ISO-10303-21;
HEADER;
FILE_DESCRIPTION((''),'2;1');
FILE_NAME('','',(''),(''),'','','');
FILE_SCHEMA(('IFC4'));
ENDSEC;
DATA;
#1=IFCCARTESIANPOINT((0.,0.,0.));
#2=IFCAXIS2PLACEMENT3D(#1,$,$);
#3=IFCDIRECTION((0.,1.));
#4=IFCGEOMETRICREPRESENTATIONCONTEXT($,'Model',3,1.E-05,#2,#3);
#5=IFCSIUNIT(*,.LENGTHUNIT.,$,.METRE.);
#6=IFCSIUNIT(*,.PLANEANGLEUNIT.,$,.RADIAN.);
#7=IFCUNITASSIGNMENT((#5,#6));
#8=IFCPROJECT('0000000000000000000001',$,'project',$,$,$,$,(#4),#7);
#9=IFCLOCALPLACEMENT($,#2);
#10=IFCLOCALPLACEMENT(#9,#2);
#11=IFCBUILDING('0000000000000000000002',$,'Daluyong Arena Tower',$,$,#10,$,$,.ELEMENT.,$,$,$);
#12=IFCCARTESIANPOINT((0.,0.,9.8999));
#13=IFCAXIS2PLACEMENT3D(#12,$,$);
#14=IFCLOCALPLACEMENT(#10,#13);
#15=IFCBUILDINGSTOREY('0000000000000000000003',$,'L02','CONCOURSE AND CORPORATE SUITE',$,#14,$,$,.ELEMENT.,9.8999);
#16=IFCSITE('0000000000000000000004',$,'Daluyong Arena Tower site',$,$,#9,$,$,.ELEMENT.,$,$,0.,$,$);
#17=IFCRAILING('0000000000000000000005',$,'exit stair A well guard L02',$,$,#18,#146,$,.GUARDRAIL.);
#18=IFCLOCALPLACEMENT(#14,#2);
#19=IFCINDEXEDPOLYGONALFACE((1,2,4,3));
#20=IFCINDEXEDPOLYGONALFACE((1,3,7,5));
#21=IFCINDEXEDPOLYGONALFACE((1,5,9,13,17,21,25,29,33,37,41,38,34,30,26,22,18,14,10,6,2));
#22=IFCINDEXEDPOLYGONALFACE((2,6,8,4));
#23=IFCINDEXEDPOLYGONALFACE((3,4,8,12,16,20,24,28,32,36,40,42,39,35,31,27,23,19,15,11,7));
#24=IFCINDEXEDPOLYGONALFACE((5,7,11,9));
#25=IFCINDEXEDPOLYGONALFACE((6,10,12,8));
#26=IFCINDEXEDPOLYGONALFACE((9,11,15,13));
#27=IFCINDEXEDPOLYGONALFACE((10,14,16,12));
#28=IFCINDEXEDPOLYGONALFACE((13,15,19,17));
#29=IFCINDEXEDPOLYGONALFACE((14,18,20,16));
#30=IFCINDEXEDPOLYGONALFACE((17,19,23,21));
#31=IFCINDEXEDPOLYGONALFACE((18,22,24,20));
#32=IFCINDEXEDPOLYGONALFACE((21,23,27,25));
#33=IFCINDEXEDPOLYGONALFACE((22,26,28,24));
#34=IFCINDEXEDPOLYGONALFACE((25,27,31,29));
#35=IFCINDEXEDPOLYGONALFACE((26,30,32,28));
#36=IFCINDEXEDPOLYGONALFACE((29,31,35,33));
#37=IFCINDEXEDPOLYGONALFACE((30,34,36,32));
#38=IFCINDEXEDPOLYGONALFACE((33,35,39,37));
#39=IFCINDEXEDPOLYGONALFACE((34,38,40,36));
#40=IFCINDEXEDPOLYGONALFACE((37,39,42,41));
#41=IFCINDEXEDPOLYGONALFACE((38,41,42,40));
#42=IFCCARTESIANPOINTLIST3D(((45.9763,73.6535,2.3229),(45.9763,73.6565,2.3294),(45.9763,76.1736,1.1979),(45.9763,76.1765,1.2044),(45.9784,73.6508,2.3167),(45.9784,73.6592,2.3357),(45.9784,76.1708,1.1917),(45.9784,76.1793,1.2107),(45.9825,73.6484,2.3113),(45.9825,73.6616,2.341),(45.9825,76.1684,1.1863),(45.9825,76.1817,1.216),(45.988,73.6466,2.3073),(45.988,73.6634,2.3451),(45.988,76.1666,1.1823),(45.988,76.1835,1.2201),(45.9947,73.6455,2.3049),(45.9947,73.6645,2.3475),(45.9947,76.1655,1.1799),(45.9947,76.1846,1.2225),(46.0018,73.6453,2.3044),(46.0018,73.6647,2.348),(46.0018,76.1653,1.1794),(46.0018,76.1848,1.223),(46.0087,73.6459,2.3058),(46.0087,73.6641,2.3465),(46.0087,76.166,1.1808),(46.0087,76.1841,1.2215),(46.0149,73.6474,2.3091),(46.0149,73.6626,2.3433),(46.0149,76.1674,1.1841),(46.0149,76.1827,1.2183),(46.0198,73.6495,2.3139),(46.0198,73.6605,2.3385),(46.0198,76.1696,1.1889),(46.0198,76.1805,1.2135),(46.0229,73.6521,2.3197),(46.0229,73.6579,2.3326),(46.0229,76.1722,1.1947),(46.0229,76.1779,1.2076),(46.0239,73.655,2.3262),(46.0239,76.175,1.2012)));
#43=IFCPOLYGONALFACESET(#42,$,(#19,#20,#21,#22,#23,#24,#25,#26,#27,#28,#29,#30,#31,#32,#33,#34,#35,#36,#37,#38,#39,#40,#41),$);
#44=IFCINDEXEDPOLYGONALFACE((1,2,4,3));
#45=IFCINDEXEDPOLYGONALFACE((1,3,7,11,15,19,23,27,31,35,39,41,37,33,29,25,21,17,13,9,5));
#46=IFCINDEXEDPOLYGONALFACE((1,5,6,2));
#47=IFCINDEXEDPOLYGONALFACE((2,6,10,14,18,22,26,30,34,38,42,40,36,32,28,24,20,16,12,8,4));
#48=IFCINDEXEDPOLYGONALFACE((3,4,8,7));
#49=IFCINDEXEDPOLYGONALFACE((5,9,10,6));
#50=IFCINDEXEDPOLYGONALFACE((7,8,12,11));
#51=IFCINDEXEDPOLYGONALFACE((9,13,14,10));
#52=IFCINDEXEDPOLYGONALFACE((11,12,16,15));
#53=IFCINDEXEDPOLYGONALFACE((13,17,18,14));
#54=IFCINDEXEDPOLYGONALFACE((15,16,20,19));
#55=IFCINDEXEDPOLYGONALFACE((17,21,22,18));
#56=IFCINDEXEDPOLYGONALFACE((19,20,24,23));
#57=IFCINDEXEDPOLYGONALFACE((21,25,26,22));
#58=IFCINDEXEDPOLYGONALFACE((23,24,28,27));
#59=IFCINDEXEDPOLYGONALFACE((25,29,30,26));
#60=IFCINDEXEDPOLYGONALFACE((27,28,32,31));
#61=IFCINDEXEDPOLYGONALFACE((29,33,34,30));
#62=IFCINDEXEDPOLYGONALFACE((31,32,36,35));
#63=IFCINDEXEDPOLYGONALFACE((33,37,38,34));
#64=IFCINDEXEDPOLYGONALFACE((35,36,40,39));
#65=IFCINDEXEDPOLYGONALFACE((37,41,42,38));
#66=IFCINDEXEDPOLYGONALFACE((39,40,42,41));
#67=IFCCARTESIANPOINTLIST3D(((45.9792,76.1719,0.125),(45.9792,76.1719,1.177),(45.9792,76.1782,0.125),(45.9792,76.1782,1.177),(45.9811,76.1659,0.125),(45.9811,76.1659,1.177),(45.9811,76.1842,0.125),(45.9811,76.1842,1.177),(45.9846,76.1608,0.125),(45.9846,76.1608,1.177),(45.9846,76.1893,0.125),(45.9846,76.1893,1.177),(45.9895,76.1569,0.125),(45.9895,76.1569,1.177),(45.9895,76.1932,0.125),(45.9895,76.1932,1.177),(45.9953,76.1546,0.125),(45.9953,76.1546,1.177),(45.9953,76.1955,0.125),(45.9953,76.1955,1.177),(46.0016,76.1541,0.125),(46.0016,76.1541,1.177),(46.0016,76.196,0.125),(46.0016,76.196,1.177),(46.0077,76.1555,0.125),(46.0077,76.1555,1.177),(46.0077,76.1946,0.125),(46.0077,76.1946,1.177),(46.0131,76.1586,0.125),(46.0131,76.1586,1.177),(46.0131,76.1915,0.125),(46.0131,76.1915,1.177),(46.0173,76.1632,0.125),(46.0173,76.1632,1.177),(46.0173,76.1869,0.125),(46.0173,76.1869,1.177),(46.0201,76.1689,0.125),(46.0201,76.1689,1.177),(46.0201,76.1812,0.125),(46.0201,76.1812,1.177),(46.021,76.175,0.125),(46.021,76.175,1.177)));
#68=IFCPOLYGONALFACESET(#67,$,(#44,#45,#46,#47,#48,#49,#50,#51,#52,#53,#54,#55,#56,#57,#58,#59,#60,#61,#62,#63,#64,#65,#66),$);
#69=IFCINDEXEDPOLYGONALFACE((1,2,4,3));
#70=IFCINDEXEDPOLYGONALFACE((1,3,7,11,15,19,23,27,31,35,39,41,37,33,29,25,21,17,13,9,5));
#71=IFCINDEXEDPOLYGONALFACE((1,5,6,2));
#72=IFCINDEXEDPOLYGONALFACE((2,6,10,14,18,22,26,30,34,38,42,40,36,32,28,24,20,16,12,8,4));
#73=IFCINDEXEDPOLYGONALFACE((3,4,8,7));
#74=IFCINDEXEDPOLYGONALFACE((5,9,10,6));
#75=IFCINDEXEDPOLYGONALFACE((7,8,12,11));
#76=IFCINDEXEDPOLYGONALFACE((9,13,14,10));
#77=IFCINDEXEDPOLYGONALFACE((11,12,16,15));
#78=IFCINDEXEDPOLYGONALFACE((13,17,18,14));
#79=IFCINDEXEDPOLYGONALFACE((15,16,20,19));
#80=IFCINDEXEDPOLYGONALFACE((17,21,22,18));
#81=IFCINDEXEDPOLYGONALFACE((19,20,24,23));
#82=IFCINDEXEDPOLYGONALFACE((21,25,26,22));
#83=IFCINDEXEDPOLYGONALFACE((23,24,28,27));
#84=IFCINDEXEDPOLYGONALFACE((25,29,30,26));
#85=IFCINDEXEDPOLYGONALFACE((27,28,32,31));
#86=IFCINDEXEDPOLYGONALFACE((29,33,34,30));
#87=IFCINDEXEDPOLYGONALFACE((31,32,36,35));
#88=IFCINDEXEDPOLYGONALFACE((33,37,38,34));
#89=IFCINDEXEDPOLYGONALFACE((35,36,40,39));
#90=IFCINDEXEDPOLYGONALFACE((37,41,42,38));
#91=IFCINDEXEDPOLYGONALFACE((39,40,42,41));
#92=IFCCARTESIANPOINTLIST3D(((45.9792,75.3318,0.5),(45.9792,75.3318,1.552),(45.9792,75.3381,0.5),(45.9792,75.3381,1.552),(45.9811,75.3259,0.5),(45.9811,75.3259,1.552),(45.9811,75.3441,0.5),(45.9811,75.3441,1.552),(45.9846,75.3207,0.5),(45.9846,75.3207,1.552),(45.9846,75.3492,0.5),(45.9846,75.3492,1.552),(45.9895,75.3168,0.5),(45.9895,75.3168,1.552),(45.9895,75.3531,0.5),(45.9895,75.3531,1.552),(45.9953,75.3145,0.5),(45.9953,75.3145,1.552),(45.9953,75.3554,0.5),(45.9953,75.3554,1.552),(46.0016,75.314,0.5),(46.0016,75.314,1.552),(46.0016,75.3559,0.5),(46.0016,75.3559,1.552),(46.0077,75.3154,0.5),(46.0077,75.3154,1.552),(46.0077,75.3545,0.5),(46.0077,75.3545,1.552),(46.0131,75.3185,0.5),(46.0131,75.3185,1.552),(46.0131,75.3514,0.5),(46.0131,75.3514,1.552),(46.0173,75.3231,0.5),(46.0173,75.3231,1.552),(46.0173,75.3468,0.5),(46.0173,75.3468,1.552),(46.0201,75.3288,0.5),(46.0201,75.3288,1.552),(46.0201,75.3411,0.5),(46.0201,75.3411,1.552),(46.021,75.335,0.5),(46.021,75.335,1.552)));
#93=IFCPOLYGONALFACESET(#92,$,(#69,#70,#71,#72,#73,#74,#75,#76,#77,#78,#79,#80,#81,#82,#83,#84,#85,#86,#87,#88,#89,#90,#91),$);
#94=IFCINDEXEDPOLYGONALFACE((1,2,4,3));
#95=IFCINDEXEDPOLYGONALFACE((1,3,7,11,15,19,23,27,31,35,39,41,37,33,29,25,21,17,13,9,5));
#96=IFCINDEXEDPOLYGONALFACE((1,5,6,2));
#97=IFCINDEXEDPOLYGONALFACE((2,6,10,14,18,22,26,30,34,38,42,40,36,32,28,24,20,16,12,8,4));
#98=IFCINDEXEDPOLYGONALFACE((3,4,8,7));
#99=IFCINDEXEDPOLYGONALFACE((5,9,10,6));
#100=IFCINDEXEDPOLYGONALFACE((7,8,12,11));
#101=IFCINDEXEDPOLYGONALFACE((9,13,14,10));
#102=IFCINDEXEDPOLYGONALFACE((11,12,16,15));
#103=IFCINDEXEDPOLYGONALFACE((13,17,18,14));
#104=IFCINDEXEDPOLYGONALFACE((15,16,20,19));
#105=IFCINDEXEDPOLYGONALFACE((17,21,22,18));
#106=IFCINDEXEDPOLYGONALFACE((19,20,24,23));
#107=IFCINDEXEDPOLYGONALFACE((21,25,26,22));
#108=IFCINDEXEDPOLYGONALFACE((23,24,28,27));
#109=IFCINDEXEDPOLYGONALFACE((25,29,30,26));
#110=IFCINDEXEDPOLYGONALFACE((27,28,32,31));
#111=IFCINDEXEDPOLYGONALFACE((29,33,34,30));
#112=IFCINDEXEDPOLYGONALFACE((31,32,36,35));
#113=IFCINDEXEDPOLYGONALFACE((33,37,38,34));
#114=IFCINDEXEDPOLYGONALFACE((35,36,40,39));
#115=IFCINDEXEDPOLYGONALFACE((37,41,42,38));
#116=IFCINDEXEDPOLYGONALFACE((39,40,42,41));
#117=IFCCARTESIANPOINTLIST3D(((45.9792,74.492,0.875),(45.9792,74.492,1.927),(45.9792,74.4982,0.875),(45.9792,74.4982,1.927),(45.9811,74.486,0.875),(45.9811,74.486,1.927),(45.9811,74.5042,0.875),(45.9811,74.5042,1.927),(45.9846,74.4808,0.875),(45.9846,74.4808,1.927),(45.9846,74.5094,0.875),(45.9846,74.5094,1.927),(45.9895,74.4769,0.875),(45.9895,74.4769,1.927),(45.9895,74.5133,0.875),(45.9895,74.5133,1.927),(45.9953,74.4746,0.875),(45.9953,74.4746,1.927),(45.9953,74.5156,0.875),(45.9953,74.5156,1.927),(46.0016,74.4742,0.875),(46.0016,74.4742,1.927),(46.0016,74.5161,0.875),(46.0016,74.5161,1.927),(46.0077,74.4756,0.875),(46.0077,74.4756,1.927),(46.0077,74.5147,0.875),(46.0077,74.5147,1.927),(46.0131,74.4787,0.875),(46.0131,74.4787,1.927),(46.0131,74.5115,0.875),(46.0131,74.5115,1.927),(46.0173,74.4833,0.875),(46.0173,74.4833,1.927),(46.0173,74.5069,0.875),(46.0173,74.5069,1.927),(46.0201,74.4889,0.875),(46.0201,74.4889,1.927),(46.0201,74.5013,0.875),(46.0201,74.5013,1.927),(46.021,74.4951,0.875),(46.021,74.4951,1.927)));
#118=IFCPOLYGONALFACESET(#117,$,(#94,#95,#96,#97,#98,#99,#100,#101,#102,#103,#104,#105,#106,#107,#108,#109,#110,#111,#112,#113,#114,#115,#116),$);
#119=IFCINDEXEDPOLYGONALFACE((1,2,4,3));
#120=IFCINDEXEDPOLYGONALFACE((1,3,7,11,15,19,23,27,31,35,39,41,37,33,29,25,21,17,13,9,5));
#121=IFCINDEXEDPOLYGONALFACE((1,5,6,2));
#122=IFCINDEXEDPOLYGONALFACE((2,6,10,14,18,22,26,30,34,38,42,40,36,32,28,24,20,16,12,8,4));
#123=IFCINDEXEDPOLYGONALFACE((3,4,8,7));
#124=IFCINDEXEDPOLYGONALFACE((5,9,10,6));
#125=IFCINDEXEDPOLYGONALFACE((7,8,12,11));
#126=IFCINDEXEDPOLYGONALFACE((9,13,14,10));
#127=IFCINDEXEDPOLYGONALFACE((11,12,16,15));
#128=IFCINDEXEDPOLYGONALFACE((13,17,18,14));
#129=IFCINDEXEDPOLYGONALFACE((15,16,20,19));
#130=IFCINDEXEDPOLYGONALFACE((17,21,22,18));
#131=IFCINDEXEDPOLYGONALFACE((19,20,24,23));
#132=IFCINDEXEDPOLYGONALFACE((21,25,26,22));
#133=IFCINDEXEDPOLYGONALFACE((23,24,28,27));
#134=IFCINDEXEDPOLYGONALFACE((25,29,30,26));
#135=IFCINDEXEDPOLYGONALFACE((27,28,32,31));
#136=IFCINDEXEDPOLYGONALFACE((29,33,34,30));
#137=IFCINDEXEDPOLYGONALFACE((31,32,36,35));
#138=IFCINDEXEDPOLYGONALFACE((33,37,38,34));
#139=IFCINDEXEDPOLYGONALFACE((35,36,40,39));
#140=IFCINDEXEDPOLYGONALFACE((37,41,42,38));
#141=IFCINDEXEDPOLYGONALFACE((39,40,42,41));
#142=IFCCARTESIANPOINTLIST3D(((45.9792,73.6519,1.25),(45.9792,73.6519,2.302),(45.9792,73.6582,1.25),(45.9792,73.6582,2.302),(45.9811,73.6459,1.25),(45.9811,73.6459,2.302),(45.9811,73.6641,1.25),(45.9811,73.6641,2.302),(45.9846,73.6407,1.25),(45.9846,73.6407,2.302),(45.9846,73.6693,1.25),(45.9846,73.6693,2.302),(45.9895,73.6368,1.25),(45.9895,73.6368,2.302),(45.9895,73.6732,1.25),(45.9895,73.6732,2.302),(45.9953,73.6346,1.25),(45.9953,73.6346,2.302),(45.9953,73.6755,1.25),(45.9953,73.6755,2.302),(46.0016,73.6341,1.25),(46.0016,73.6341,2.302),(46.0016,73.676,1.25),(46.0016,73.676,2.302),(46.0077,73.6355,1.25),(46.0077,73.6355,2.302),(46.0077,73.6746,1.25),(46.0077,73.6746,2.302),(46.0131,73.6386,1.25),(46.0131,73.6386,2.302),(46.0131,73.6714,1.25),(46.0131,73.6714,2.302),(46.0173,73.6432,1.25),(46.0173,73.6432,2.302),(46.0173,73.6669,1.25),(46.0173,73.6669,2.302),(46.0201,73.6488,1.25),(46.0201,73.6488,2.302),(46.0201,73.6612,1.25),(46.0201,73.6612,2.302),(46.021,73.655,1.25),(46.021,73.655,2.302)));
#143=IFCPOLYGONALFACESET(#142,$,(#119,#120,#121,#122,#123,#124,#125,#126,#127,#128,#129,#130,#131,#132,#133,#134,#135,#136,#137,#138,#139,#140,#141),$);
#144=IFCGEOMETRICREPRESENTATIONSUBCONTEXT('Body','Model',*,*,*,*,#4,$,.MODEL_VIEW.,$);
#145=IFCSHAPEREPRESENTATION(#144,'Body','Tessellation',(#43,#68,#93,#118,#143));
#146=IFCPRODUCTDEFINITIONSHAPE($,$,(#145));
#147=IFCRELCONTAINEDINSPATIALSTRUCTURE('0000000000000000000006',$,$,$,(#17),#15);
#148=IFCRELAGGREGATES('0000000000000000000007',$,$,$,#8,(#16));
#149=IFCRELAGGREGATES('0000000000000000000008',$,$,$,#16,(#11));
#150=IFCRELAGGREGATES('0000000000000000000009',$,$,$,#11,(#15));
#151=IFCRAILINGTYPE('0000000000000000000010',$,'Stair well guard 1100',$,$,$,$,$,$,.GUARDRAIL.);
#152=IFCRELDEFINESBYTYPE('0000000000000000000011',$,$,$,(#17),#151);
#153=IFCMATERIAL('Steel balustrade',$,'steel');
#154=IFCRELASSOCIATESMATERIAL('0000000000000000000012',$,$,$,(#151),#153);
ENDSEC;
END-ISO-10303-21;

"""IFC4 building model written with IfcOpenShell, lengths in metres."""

from ifc_helpers import new_model, si_unit, direction, frame, origin, origin_2d, place, context, subcontext, project, spatial, circle, extrude, material, type_object, element, save


model = new_model("IFC4")

# Units and contexts
model_context = context("Model", 3, precision=1e-05, world=origin(), true_north=direction((0.0, 1.0)))
body_context = subcontext(model_context, "Body", "Model", "MODEL_VIEW")
ifc_project = project(units=[si_unit("LENGTHUNIT", "METRE"), si_unit("PLANEANGLEUNIT", "RADIAN")], contexts=[model_context])

# Site, building, storey
site_placement = place(None, origin())
site = spatial("IfcSite", under=ifc_project, at=site_placement, Name="Daluyong Arena Tower site", CompositionType="ELEMENT", RefElevation=0.0)
building_placement = place(site_placement, origin())
building = spatial("IfcBuilding", under=site, at=building_placement, Name="Daluyong Arena Tower", CompositionType="ELEMENT")
storey_placement = place(building_placement, frame((0.0, 0.0, 9.8999)))
storey = spatial("IfcBuildingStorey", under=building, at=storey_placement, Name="L02", Description="CONCOURSE AND CORPORATE SUITE", CompositionType="ELEMENT", Elevation=9.8999)

# Railing
ifc_material_1 = material(Name="Steel balustrade", Category="steel")
railing_type = type_object("IfcRailingType", Name="Stair well guard 1100", PredefinedType="GUARDRAIL", material=ifc_material_1)
for number, where, name in (
    (1, (46.0, 76.175, 0.125), "exit stair A well guard L02"),
):
    element("IfcRailing", number, at=place(storey_placement, frame(where)), inside=storey, type_object=railing_type, Name=name, PredefinedType="GUARDRAIL", context=body_context, shape_type="SweptSolid", body=[
        extrude(circle(Radius=0.0239, at=origin_2d()), frame((0.0, 0.0, 1.0762), z_axis=(0.0, -0.913139, 0.407648), x_axis=(1.0, 0.0, 0.0)), (0.0, 0.0, 1.0), 2.7598),
        extrude(circle(Radius=0.021, at=origin_2d()), origin(), (0.0, 0.0, 1.0), 1.052),
        extrude(circle(Radius=0.021, at=origin_2d()), frame((0.0, -0.8401, 0.375)), (0.0, 0.0, 1.0), 1.052),
        extrude(circle(Radius=0.021, at=origin_2d()), frame((0.0, -1.6799, 0.75)), (0.0, 0.0, 1.0), 1.052),
        extrude(circle(Radius=0.021, at=origin_2d()), frame((0.0, -2.52, 1.125)), (0.0, 0.0, 1.0), 1.052),
    ])

save(model, "model.ifc")
